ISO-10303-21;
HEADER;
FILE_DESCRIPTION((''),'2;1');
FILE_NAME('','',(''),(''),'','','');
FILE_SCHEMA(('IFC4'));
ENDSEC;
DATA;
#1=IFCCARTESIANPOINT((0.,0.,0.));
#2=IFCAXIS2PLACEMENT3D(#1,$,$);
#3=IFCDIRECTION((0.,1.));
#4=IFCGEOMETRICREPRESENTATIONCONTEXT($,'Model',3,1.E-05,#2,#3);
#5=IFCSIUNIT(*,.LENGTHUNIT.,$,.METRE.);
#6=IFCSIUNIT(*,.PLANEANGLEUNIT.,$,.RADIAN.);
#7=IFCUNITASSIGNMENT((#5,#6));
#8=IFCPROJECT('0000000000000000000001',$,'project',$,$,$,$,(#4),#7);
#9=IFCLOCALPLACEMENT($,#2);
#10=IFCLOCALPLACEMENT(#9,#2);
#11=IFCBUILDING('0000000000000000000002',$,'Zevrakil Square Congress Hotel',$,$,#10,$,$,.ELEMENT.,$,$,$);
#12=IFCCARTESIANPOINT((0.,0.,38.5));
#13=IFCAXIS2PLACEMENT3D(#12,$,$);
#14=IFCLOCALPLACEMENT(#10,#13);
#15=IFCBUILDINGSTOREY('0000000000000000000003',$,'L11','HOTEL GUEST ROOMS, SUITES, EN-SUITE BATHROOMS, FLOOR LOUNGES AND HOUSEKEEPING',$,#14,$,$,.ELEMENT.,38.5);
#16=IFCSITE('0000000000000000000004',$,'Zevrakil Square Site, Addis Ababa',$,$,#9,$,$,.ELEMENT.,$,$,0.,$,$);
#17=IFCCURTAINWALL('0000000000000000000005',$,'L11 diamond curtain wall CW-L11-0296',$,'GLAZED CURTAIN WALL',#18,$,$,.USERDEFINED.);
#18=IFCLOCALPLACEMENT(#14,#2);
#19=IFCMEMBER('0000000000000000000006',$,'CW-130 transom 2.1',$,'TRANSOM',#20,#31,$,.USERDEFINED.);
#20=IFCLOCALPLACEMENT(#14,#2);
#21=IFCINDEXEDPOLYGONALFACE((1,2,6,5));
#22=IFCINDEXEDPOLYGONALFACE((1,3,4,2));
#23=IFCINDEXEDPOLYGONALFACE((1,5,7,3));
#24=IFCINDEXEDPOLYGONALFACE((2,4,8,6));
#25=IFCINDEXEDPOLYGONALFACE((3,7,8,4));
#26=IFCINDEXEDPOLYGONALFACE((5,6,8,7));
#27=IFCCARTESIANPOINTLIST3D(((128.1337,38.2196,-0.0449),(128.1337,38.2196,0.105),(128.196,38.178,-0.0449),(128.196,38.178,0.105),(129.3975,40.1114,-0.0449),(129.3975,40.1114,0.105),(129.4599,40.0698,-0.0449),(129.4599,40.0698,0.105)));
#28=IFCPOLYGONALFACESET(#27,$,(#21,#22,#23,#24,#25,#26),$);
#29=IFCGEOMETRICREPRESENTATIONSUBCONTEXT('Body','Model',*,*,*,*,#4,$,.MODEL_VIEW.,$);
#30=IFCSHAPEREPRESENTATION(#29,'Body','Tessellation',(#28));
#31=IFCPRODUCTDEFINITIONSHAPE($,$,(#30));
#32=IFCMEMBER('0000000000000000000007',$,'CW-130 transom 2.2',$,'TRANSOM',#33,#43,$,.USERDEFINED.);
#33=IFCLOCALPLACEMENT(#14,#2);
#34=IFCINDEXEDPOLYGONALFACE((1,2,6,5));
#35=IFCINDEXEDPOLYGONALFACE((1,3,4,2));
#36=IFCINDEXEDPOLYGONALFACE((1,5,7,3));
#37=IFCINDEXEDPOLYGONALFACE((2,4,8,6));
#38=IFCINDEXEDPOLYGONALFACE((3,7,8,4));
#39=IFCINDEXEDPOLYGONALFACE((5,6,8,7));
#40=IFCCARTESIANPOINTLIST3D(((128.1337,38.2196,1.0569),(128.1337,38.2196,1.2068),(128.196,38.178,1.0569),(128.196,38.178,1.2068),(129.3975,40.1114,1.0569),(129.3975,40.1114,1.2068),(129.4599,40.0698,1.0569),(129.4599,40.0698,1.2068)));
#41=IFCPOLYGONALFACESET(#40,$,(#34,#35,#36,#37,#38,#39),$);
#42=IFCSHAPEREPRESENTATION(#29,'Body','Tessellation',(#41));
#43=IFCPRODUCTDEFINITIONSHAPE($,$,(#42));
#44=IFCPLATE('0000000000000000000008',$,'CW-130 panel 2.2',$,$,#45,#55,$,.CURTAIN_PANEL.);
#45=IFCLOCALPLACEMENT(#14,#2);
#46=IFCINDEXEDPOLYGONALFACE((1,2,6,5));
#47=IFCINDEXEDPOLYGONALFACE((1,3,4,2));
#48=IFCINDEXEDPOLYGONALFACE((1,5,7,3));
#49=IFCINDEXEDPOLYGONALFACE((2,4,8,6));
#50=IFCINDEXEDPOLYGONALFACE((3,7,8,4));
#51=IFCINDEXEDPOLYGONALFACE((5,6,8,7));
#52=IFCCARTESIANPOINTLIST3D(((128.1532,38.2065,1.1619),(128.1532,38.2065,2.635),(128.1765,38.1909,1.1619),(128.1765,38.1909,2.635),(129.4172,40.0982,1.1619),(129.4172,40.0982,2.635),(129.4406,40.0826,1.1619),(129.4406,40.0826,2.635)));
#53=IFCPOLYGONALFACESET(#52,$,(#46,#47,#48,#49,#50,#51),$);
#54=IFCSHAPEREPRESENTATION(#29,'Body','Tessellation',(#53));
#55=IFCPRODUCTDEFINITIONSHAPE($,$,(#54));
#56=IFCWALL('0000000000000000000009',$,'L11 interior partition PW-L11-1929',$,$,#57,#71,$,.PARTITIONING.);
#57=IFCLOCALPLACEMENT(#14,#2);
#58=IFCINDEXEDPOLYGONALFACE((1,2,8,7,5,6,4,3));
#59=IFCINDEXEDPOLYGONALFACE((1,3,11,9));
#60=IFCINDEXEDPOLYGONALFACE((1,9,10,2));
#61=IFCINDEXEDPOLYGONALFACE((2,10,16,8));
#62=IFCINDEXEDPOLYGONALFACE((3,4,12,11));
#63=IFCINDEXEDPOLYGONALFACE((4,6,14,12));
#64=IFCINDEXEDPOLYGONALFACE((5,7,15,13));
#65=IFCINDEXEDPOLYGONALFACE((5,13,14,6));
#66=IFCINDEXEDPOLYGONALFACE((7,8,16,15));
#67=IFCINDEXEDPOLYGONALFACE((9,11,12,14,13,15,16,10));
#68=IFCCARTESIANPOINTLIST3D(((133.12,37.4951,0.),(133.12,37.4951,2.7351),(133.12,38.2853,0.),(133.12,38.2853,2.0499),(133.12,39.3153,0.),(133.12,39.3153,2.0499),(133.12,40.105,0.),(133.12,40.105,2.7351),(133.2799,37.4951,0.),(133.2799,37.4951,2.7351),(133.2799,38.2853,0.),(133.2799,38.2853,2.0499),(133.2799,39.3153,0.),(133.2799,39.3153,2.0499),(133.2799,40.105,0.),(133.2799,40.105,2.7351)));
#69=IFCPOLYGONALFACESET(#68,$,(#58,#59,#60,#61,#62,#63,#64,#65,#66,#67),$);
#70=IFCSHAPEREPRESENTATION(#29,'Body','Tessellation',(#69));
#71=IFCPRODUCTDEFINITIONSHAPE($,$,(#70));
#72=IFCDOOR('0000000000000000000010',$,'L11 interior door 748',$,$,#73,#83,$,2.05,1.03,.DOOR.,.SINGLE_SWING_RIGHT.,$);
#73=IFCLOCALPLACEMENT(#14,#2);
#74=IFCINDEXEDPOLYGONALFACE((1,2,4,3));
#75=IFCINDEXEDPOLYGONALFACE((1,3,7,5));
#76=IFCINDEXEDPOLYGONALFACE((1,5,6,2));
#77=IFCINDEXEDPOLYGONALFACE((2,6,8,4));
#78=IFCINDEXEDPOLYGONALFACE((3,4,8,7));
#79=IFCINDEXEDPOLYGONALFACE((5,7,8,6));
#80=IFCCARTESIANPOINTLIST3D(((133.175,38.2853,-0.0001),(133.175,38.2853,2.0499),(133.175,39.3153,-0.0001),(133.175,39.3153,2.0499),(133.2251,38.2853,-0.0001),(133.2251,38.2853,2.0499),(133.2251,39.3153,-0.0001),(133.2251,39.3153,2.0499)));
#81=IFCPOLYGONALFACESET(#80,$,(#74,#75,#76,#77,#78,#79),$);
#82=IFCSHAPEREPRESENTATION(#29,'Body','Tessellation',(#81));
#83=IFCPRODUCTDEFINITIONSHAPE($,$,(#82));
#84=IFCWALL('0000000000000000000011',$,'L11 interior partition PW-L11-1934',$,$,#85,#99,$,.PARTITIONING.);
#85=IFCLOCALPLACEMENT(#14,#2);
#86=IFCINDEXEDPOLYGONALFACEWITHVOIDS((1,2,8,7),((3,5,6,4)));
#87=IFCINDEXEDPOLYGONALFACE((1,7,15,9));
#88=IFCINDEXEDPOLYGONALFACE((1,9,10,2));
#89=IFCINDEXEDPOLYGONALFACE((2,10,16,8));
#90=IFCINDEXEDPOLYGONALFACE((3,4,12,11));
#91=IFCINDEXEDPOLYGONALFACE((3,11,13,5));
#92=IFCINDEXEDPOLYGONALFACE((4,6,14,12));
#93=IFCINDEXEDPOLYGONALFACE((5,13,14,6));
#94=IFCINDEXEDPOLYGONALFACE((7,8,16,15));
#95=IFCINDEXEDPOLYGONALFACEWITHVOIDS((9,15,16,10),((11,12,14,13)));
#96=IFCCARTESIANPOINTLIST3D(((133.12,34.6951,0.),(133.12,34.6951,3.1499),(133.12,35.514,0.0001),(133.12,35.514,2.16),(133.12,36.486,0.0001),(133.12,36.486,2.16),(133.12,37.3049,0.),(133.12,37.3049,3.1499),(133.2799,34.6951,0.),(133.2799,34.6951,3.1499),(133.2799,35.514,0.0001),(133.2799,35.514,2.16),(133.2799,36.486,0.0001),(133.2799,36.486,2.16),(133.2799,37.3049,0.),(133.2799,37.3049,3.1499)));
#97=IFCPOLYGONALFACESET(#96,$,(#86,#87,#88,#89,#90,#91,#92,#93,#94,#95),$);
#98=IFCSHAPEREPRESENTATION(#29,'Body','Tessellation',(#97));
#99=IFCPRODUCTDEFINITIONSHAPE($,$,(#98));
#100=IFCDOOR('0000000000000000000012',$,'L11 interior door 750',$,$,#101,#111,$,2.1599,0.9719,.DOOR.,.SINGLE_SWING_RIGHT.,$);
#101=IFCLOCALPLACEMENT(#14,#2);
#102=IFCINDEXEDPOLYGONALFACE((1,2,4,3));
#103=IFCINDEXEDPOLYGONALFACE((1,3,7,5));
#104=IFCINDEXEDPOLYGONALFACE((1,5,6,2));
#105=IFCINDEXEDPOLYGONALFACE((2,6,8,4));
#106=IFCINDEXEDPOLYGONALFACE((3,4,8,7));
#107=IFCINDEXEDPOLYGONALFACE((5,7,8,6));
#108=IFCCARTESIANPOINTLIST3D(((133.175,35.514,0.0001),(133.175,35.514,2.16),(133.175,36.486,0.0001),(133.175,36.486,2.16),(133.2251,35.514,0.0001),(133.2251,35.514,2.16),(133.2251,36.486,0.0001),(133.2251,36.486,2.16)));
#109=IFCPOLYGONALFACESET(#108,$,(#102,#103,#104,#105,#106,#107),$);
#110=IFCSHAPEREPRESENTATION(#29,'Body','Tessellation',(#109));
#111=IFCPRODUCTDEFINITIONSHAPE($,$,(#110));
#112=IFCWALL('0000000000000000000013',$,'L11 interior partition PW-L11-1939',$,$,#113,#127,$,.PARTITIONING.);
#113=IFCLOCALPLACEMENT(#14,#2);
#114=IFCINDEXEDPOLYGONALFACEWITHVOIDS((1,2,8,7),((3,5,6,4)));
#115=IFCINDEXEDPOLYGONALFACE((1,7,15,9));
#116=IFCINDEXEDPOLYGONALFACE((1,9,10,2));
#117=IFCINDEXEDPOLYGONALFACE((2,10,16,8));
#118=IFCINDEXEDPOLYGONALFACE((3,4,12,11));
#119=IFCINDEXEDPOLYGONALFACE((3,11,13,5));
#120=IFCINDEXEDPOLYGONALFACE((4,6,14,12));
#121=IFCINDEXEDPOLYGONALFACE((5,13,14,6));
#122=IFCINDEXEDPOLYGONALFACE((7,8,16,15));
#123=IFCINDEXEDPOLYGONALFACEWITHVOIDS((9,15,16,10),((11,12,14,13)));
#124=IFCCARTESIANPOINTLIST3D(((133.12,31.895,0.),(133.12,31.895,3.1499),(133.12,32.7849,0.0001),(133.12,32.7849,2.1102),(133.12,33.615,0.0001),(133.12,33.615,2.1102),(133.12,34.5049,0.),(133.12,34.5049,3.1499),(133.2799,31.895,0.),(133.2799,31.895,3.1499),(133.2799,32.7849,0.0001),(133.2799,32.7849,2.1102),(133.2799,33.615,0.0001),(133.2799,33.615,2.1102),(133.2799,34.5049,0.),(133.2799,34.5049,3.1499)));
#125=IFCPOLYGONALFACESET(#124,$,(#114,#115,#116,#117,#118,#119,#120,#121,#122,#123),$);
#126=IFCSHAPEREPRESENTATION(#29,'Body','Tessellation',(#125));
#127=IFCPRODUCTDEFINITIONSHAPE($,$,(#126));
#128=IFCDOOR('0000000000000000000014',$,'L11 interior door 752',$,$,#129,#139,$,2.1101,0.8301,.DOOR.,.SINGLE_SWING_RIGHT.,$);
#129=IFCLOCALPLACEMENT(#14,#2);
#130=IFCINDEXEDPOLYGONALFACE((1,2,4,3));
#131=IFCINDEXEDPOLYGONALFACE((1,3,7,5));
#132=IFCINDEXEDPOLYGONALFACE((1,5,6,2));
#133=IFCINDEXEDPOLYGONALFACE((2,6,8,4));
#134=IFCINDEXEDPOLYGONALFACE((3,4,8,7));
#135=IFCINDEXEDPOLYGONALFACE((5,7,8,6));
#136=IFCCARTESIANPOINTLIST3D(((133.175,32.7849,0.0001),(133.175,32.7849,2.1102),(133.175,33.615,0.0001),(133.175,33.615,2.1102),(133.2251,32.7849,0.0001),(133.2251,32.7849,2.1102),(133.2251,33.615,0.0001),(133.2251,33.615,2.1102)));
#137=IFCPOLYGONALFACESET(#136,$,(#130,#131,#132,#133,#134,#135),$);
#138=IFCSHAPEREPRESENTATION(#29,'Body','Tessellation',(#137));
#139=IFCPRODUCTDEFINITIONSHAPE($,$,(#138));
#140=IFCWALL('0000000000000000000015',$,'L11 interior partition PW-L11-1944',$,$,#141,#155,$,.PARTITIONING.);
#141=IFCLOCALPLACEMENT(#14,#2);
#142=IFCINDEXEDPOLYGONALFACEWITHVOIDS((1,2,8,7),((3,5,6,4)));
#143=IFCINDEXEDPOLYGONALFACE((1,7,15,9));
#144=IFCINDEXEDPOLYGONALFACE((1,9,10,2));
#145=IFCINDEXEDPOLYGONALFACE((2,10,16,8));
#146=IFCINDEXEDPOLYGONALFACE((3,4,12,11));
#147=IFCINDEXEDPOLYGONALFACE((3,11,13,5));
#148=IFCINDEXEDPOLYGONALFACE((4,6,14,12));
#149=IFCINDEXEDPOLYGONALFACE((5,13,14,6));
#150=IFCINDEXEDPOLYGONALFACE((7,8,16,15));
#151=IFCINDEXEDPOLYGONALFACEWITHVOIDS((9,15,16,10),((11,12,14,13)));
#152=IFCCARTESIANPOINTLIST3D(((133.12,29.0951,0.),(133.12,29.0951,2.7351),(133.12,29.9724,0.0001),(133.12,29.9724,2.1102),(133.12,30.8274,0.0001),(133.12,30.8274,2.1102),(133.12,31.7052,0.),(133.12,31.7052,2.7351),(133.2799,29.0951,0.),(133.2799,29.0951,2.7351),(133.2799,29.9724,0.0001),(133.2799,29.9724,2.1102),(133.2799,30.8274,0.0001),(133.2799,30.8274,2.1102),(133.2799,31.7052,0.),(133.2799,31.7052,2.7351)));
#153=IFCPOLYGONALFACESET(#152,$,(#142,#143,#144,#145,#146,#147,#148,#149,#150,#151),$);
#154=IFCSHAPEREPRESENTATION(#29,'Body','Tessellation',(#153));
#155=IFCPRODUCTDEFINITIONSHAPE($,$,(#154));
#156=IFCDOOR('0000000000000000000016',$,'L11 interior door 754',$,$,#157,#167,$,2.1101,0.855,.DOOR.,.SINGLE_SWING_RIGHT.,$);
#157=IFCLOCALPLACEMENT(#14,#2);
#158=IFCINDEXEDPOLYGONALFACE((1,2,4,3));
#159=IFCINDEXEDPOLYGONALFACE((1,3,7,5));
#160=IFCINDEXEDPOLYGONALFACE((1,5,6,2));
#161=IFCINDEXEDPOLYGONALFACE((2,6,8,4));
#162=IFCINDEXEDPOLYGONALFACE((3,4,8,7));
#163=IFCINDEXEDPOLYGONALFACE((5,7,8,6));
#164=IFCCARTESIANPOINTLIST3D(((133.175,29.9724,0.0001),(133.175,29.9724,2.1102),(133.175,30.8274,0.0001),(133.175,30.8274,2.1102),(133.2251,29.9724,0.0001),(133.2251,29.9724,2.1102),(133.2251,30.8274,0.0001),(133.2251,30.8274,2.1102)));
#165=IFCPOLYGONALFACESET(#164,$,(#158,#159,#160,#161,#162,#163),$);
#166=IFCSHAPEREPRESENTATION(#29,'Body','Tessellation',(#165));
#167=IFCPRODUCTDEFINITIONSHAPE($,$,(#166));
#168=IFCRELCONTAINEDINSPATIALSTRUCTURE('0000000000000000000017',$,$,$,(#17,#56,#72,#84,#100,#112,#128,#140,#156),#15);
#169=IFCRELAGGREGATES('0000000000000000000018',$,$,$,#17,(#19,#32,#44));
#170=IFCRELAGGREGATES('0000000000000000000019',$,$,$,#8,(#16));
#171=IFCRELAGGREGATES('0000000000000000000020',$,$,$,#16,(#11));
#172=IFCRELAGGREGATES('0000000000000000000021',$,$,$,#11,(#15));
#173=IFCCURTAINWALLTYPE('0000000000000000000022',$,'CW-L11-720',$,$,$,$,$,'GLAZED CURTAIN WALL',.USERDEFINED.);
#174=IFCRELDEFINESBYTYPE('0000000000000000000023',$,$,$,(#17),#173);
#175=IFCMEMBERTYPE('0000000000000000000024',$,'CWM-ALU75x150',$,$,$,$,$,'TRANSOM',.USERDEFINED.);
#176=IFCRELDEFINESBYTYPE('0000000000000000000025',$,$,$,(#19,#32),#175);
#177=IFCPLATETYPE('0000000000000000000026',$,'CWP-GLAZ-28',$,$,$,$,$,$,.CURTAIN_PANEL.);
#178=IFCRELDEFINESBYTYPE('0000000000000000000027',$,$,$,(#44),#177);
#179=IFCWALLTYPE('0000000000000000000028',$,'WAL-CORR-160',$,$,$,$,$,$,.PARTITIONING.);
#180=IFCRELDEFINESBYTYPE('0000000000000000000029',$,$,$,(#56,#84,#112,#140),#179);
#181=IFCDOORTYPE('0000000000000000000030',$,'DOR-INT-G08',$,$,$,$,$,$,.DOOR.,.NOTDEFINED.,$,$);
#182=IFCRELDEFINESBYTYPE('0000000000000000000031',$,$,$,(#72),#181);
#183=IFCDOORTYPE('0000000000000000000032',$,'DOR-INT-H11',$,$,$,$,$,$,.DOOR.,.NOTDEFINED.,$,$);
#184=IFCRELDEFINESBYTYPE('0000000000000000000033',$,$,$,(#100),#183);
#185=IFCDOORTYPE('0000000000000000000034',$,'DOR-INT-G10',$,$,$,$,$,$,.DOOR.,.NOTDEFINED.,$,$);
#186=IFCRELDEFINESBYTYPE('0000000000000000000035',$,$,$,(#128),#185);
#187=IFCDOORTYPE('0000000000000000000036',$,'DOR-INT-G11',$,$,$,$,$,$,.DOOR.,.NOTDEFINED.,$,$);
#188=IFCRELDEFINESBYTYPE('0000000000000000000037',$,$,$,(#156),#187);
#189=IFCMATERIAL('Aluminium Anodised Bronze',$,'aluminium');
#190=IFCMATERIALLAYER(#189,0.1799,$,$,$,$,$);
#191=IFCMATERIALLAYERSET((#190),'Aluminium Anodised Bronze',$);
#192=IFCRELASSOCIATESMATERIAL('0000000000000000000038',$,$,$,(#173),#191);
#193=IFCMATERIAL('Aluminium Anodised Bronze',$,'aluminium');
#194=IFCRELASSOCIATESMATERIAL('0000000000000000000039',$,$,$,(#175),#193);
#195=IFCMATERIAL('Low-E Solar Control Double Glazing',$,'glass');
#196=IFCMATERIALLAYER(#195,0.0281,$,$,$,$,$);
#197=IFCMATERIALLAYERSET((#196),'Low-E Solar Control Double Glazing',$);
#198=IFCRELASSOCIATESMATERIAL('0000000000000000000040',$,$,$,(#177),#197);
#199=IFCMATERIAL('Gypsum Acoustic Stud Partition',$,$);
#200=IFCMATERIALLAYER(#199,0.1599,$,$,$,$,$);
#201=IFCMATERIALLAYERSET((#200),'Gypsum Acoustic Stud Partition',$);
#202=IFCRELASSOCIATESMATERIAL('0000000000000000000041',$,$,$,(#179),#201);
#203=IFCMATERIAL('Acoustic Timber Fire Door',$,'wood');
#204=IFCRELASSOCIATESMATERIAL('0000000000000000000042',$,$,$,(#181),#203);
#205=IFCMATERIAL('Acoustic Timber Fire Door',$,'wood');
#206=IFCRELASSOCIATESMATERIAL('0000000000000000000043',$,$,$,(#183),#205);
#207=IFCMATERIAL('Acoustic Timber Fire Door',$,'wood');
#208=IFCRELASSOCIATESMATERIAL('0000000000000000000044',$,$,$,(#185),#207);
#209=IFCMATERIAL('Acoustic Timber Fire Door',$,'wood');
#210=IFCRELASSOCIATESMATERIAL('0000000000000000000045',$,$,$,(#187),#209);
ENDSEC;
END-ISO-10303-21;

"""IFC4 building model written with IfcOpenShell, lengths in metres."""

from ifc_helpers import new_model, si_unit, direction, frame, frame_2d, origin, origin_2d, place, context, subcontext, project, spatial, rectangle, extrude, material, layer, layer_set, material_profile, profile_set, type_object, element, fill, aggregate, save


model = new_model("IFC4")

# Units and contexts
model_context = context("Model", 3, precision=1e-05, world=origin(), true_north=direction((0.0, 1.0)))
body_context = subcontext(model_context, "Body", "Model", "MODEL_VIEW")
ifc_project = project(units=[si_unit("LENGTHUNIT", "METRE"), si_unit("PLANEANGLEUNIT", "RADIAN")], contexts=[model_context])

# Site, building, storey
site_placement = place(None, origin())
site = spatial("IfcSite", under=ifc_project, at=site_placement, Name="Zevrakil Square Site, Addis Ababa", CompositionType="ELEMENT", RefElevation=0.0)
building_placement = place(site_placement, origin())
building = spatial("IfcBuilding", under=site, at=building_placement, Name="Zevrakil Square Congress Hotel", CompositionType="ELEMENT")
storey_placement = place(building_placement, frame((0.0, 0.0, 38.5)))
storey = spatial("IfcBuildingStorey", under=building, at=storey_placement, Name="L11", Description="HOTEL GUEST ROOMS, SUITES, EN-SUITE BATHROOMS, FLOOR LOUNGES AND HOUSEKEEPING", CompositionType="ELEMENT", Elevation=38.5)

# Curtain wall, members, plate
ifc_material_1 = material(Name="Aluminium Anodised Bronze", Category="aluminium")
ifc_layer_1 = layer(ifc_material_1, 0.1799)
ifc_layer_set_1 = layer_set([ifc_layer_1], Name="Aluminium Anodised Bronze")
curtain_wall_type = type_object("IfcCurtainWallType", Name="CW-L11-720", ElementType="GLAZED CURTAIN WALL", PredefinedType="USERDEFINED", material=ifc_layer_set_1)
curtain_wall_placement = place(storey_placement, origin())
curtain_wall = element("IfcCurtainWall", 1, at=curtain_wall_placement, inside=storey, type_object=curtain_wall_type, Name="L11 diamond curtain wall CW-L11-0296", ObjectType="GLAZED CURTAIN WALL", PredefinedType="USERDEFINED")
ifc_material_2 = material(Name="Aluminium Anodised Bronze", Category="aluminium")
ifc_material_profile = material_profile(ifc_material_2, rectangle(XDim=0.075, YDim=0.1499, at=origin_2d()), Name="ALU 75x150")
ifc_profile_set = profile_set([ifc_material_profile], Name="Aluminium Anodised Bronze")
member_type = type_object("IfcMemberType", Name="CWM-ALU75x150", ElementType="TRANSOM", PredefinedType="USERDEFINED", material=ifc_profile_set)
member_1_placement = place(storey_placement, frame((129.4287, 40.0906, 0.03), z_axis=(-0.555517, -0.831505, 0.0), x_axis=(0.831505, -0.555517, 0.0)))
member_1 = element("IfcMember", 2, at=member_1_placement, type_object=member_type, Name="CW-130 transom 2.1", ObjectType="TRANSOM", PredefinedType="USERDEFINED", context=body_context, shape_type="SweptSolid", body=[
    extrude(rectangle(XDim=0.075, YDim=0.1499, at=origin_2d()), origin(), (0.0, 0.0, 1.0), 2.2751),
])
member_2_placement = place(storey_placement, frame((129.4287, 40.0906, 1.1318), z_axis=(-0.555517, -0.831505, 0.0), x_axis=(0.831505, -0.555517, 0.0)))
member_2 = element("IfcMember", 3, at=member_2_placement, type_object=member_type, Name="CW-130 transom 2.2", ObjectType="TRANSOM", PredefinedType="USERDEFINED", context=body_context, shape_type="SweptSolid", body=[
    extrude(rectangle(XDim=0.075, YDim=0.1499, at=origin_2d()), origin(), (0.0, 0.0, 1.0), 2.2751),
])
ifc_material_3 = material(Name="Low-E Solar Control Double Glazing", Category="glass")
ifc_layer_2 = layer(ifc_material_3, 0.0281)
ifc_layer_set_2 = layer_set([ifc_layer_2], Name="Low-E Solar Control Double Glazing")
plate_type = type_object("IfcPlateType", Name="CWP-GLAZ-28", PredefinedType="CURTAIN_PANEL", material=ifc_layer_set_2)
plate_placement = place(storey_placement, frame((128.7969, 39.1445, 1.1619), z_axis=(0.0, 0.0, 1.0), x_axis=(-0.555576, -0.831466, 0.0)))
plate = element("IfcPlate", 4, at=plate_placement, type_object=plate_type, Name="CW-130 panel 2.2", PredefinedType="CURTAIN_PANEL", context=body_context, shape_type="SweptSolid", body=[
    extrude(rectangle(XDim=2.2751, YDim=0.0281, at=origin_2d()), origin(), (0.0, 0.0, 1.0), 1.4731),
])
aggregate(curtain_wall, [member_1, member_2, plate])

# Walls, openings, doors
ifc_material_4 = material(Name="Gypsum Acoustic Stud Partition")
ifc_layer_3 = layer(ifc_material_4, 0.1599)
ifc_layer_set_3 = layer_set([ifc_layer_3], Name="Gypsum Acoustic Stud Partition")
wall_type_1 = type_object("IfcWallType", Name="WAL-CORR-160", PredefinedType="PARTITIONING", material=ifc_layer_set_3)
wall_1_placement = place(storey_placement, frame((133.2, 37.4951, 0.0), z_axis=(0.0, 0.0, 1.0), x_axis=(0.0, 1.0, 0.0)))
wall_1 = element("IfcWall", 5, at=wall_1_placement, inside=storey, type_object=wall_type_1, Name="L11 interior partition PW-L11-1929", PredefinedType="PARTITIONING", context=body_context, shape_type="SweptSolid", body=[
    extrude(rectangle(XDim=2.6099, YDim=0.1599, at=frame_2d((1.3049, 0.0))), origin(), (0.0, 0.0, 1.0), 2.7351),
])
opening_1_placement = place(wall_1_placement, frame((0.79, 0.0, 0.0)))
opening_1 = element("IfcOpeningElement", 6, at=opening_1_placement, cuts=wall_1, PredefinedType="OPENING", context=body_context, shape_type="SweptSolid", body=[
    extrude(rectangle(XDim=1.03, YDim=2.05, at=frame_2d((0.5151, 1.0249))), frame((0.0, 0.0898, 0.0), z_axis=(0.0, -1.0, 0.0), x_axis=(1.0, 0.0, 0.0)), (0.0, 0.0, 1.0), 0.1799),
])
ifc_material_5 = material(Name="Acoustic Timber Fire Door", Category="wood")
door_type_1 = type_object("IfcDoorType", Name="DOR-INT-G08", OperationType="NOTDEFINED", PredefinedType="DOOR", material=ifc_material_5)
door_1_placement = place(opening_1_placement, origin())
door_1 = element("IfcDoor", 7, at=door_1_placement, inside=storey, type_object=door_type_1, Name="L11 interior door 748", OperationType="SINGLE_SWING_RIGHT", OverallHeight=2.05, OverallWidth=1.03, PredefinedType="DOOR", context=body_context, shape_type="SweptSolid", body=[
    extrude(rectangle(XDim=1.03, YDim=2.05, at=frame_2d((0.5151, 1.0249))), frame((0.0, 0.0249, 0.0), z_axis=(0.0, -1.0, 0.0), x_axis=(1.0, 0.0, 0.0)), (0.0, 0.0, 1.0), 0.05),
])
fill(opening_1, door_1)
wall_2_placement = place(storey_placement, frame((133.2, 34.6951, 0.0), z_axis=(0.0, 0.0, 1.0), x_axis=(0.0, 1.0, 0.0)))
wall_2 = element("IfcWall", 8, at=wall_2_placement, inside=storey, type_object=wall_type_1, Name="L11 interior partition PW-L11-1934", PredefinedType="PARTITIONING", context=body_context, shape_type="SweptSolid", body=[
    extrude(rectangle(XDim=2.6099, YDim=0.1599, at=frame_2d((1.3049, 0.0))), origin(), (0.0, 0.0, 1.0), 3.1499),
])
opening_2_placement = place(wall_2_placement, frame((0.8191, 0.0, 0.0)))
opening_2 = element("IfcOpeningElement", 9, at=opening_2_placement, cuts=wall_2, PredefinedType="OPENING", context=body_context, shape_type="SweptSolid", body=[
    extrude(rectangle(XDim=0.9719, YDim=2.1599, at=frame_2d((0.4858, 1.0801))), frame((0.0, 0.0898, 0.0), z_axis=(0.0, -1.0, 0.0), x_axis=(1.0, 0.0, 0.0)), (0.0, 0.0, 1.0), 0.1799),
])
ifc_material_6 = material(Name="Acoustic Timber Fire Door", Category="wood")
door_type_2 = type_object("IfcDoorType", Name="DOR-INT-H11", OperationType="NOTDEFINED", PredefinedType="DOOR", material=ifc_material_6)
door_2_placement = place(opening_2_placement, origin())
door_2 = element("IfcDoor", 10, at=door_2_placement, inside=storey, type_object=door_type_2, Name="L11 interior door 750", OperationType="SINGLE_SWING_RIGHT", OverallHeight=2.1599, OverallWidth=0.9719, PredefinedType="DOOR", context=body_context, shape_type="SweptSolid", body=[
    extrude(rectangle(XDim=0.9719, YDim=2.1599, at=frame_2d((0.4858, 1.0801))), frame((0.0, 0.0249, 0.0), z_axis=(0.0, -1.0, 0.0), x_axis=(1.0, 0.0, 0.0)), (0.0, 0.0, 1.0), 0.05),
])
fill(opening_2, door_2)
wall_3_placement = place(storey_placement, frame((133.2, 31.895, 0.0), z_axis=(0.0, 0.0, 1.0), x_axis=(0.0, 1.0, 0.0)))
wall_3 = element("IfcWall", 11, at=wall_3_placement, inside=storey, type_object=wall_type_1, Name="L11 interior partition PW-L11-1939", PredefinedType="PARTITIONING", context=body_context, shape_type="SweptSolid", body=[
    extrude(rectangle(XDim=2.6099, YDim=0.1599, at=frame_2d((1.3049, 0.0))), origin(), (0.0, 0.0, 1.0), 3.1499),
])
opening_3_placement = place(wall_3_placement, frame((0.8899, 0.0, 0.0)))
opening_3 = element("IfcOpeningElement", 12, at=opening_3_placement, cuts=wall_3, PredefinedType="OPENING", context=body_context, shape_type="SweptSolid", body=[
    extrude(rectangle(XDim=0.8301, YDim=2.1101, at=frame_2d((0.415, 1.0552))), frame((0.0, 0.0898, 0.0), z_axis=(0.0, -1.0, 0.0), x_axis=(1.0, 0.0, 0.0)), (0.0, 0.0, 1.0), 0.1799),
])
ifc_material_7 = material(Name="Acoustic Timber Fire Door", Category="wood")
door_type_3 = type_object("IfcDoorType", Name="DOR-INT-G10", OperationType="NOTDEFINED", PredefinedType="DOOR", material=ifc_material_7)
door_3_placement = place(opening_3_placement, origin())
door_3 = element("IfcDoor", 13, at=door_3_placement, inside=storey, type_object=door_type_3, Name="L11 interior door 752", OperationType="SINGLE_SWING_RIGHT", OverallHeight=2.1101, OverallWidth=0.8301, PredefinedType="DOOR", context=body_context, shape_type="SweptSolid", body=[
    extrude(rectangle(XDim=0.8301, YDim=2.1101, at=frame_2d((0.415, 1.0552))), frame((0.0, 0.0249, 0.0), z_axis=(0.0, -1.0, 0.0), x_axis=(1.0, 0.0, 0.0)), (0.0, 0.0, 1.0), 0.05),
])
fill(opening_3, door_3)
wall_4_placement = place(storey_placement, frame((133.2, 29.095, 0.0), z_axis=(0.0, 0.0, 1.0), x_axis=(0.0, 1.0, 0.0)))
wall_4 = element("IfcWall", 14, at=wall_4_placement, inside=storey, type_object=wall_type_1, Name="L11 interior partition PW-L11-1944", PredefinedType="PARTITIONING", context=body_context, shape_type="SweptSolid", body=[
    extrude(rectangle(XDim=2.6101, YDim=0.1599, at=frame_2d((1.3052, 0.0))), origin(), (0.0, 0.0, 1.0), 2.7351),
])
opening_4_placement = place(wall_4_placement, frame((0.8774, 0.0, 0.0)))
opening_4 = element("IfcOpeningElement", 15, at=opening_4_placement, cuts=wall_4, PredefinedType="OPENING", context=body_context, shape_type="SweptSolid", body=[
    extrude(rectangle(XDim=0.855, YDim=2.1101, at=frame_2d((0.4275, 1.0552))), frame((0.0, 0.0898, 0.0), z_axis=(0.0, -1.0, 0.0), x_axis=(1.0, 0.0, 0.0)), (0.0, 0.0, 1.0), 0.1799),
])
ifc_material_8 = material(Name="Acoustic Timber Fire Door", Category="wood")
door_type_4 = type_object("IfcDoorType", Name="DOR-INT-G11", OperationType="NOTDEFINED", PredefinedType="DOOR", material=ifc_material_8)
door_4_placement = place(opening_4_placement, origin())
door_4 = element("IfcDoor", 16, at=door_4_placement, inside=storey, type_object=door_type_4, Name="L11 interior door 754", OperationType="SINGLE_SWING_RIGHT", OverallHeight=2.1101, OverallWidth=0.855, PredefinedType="DOOR", context=body_context, shape_type="SweptSolid", body=[
    extrude(rectangle(XDim=0.855, YDim=2.1101, at=frame_2d((0.4275, 1.0552))), frame((0.0, 0.0249, 0.0), z_axis=(0.0, -1.0, 0.0), x_axis=(1.0, 0.0, 0.0)), (0.0, 0.0, 1.0), 0.05),
])
fill(opening_4, door_4)

save(model, "model.ifc")
